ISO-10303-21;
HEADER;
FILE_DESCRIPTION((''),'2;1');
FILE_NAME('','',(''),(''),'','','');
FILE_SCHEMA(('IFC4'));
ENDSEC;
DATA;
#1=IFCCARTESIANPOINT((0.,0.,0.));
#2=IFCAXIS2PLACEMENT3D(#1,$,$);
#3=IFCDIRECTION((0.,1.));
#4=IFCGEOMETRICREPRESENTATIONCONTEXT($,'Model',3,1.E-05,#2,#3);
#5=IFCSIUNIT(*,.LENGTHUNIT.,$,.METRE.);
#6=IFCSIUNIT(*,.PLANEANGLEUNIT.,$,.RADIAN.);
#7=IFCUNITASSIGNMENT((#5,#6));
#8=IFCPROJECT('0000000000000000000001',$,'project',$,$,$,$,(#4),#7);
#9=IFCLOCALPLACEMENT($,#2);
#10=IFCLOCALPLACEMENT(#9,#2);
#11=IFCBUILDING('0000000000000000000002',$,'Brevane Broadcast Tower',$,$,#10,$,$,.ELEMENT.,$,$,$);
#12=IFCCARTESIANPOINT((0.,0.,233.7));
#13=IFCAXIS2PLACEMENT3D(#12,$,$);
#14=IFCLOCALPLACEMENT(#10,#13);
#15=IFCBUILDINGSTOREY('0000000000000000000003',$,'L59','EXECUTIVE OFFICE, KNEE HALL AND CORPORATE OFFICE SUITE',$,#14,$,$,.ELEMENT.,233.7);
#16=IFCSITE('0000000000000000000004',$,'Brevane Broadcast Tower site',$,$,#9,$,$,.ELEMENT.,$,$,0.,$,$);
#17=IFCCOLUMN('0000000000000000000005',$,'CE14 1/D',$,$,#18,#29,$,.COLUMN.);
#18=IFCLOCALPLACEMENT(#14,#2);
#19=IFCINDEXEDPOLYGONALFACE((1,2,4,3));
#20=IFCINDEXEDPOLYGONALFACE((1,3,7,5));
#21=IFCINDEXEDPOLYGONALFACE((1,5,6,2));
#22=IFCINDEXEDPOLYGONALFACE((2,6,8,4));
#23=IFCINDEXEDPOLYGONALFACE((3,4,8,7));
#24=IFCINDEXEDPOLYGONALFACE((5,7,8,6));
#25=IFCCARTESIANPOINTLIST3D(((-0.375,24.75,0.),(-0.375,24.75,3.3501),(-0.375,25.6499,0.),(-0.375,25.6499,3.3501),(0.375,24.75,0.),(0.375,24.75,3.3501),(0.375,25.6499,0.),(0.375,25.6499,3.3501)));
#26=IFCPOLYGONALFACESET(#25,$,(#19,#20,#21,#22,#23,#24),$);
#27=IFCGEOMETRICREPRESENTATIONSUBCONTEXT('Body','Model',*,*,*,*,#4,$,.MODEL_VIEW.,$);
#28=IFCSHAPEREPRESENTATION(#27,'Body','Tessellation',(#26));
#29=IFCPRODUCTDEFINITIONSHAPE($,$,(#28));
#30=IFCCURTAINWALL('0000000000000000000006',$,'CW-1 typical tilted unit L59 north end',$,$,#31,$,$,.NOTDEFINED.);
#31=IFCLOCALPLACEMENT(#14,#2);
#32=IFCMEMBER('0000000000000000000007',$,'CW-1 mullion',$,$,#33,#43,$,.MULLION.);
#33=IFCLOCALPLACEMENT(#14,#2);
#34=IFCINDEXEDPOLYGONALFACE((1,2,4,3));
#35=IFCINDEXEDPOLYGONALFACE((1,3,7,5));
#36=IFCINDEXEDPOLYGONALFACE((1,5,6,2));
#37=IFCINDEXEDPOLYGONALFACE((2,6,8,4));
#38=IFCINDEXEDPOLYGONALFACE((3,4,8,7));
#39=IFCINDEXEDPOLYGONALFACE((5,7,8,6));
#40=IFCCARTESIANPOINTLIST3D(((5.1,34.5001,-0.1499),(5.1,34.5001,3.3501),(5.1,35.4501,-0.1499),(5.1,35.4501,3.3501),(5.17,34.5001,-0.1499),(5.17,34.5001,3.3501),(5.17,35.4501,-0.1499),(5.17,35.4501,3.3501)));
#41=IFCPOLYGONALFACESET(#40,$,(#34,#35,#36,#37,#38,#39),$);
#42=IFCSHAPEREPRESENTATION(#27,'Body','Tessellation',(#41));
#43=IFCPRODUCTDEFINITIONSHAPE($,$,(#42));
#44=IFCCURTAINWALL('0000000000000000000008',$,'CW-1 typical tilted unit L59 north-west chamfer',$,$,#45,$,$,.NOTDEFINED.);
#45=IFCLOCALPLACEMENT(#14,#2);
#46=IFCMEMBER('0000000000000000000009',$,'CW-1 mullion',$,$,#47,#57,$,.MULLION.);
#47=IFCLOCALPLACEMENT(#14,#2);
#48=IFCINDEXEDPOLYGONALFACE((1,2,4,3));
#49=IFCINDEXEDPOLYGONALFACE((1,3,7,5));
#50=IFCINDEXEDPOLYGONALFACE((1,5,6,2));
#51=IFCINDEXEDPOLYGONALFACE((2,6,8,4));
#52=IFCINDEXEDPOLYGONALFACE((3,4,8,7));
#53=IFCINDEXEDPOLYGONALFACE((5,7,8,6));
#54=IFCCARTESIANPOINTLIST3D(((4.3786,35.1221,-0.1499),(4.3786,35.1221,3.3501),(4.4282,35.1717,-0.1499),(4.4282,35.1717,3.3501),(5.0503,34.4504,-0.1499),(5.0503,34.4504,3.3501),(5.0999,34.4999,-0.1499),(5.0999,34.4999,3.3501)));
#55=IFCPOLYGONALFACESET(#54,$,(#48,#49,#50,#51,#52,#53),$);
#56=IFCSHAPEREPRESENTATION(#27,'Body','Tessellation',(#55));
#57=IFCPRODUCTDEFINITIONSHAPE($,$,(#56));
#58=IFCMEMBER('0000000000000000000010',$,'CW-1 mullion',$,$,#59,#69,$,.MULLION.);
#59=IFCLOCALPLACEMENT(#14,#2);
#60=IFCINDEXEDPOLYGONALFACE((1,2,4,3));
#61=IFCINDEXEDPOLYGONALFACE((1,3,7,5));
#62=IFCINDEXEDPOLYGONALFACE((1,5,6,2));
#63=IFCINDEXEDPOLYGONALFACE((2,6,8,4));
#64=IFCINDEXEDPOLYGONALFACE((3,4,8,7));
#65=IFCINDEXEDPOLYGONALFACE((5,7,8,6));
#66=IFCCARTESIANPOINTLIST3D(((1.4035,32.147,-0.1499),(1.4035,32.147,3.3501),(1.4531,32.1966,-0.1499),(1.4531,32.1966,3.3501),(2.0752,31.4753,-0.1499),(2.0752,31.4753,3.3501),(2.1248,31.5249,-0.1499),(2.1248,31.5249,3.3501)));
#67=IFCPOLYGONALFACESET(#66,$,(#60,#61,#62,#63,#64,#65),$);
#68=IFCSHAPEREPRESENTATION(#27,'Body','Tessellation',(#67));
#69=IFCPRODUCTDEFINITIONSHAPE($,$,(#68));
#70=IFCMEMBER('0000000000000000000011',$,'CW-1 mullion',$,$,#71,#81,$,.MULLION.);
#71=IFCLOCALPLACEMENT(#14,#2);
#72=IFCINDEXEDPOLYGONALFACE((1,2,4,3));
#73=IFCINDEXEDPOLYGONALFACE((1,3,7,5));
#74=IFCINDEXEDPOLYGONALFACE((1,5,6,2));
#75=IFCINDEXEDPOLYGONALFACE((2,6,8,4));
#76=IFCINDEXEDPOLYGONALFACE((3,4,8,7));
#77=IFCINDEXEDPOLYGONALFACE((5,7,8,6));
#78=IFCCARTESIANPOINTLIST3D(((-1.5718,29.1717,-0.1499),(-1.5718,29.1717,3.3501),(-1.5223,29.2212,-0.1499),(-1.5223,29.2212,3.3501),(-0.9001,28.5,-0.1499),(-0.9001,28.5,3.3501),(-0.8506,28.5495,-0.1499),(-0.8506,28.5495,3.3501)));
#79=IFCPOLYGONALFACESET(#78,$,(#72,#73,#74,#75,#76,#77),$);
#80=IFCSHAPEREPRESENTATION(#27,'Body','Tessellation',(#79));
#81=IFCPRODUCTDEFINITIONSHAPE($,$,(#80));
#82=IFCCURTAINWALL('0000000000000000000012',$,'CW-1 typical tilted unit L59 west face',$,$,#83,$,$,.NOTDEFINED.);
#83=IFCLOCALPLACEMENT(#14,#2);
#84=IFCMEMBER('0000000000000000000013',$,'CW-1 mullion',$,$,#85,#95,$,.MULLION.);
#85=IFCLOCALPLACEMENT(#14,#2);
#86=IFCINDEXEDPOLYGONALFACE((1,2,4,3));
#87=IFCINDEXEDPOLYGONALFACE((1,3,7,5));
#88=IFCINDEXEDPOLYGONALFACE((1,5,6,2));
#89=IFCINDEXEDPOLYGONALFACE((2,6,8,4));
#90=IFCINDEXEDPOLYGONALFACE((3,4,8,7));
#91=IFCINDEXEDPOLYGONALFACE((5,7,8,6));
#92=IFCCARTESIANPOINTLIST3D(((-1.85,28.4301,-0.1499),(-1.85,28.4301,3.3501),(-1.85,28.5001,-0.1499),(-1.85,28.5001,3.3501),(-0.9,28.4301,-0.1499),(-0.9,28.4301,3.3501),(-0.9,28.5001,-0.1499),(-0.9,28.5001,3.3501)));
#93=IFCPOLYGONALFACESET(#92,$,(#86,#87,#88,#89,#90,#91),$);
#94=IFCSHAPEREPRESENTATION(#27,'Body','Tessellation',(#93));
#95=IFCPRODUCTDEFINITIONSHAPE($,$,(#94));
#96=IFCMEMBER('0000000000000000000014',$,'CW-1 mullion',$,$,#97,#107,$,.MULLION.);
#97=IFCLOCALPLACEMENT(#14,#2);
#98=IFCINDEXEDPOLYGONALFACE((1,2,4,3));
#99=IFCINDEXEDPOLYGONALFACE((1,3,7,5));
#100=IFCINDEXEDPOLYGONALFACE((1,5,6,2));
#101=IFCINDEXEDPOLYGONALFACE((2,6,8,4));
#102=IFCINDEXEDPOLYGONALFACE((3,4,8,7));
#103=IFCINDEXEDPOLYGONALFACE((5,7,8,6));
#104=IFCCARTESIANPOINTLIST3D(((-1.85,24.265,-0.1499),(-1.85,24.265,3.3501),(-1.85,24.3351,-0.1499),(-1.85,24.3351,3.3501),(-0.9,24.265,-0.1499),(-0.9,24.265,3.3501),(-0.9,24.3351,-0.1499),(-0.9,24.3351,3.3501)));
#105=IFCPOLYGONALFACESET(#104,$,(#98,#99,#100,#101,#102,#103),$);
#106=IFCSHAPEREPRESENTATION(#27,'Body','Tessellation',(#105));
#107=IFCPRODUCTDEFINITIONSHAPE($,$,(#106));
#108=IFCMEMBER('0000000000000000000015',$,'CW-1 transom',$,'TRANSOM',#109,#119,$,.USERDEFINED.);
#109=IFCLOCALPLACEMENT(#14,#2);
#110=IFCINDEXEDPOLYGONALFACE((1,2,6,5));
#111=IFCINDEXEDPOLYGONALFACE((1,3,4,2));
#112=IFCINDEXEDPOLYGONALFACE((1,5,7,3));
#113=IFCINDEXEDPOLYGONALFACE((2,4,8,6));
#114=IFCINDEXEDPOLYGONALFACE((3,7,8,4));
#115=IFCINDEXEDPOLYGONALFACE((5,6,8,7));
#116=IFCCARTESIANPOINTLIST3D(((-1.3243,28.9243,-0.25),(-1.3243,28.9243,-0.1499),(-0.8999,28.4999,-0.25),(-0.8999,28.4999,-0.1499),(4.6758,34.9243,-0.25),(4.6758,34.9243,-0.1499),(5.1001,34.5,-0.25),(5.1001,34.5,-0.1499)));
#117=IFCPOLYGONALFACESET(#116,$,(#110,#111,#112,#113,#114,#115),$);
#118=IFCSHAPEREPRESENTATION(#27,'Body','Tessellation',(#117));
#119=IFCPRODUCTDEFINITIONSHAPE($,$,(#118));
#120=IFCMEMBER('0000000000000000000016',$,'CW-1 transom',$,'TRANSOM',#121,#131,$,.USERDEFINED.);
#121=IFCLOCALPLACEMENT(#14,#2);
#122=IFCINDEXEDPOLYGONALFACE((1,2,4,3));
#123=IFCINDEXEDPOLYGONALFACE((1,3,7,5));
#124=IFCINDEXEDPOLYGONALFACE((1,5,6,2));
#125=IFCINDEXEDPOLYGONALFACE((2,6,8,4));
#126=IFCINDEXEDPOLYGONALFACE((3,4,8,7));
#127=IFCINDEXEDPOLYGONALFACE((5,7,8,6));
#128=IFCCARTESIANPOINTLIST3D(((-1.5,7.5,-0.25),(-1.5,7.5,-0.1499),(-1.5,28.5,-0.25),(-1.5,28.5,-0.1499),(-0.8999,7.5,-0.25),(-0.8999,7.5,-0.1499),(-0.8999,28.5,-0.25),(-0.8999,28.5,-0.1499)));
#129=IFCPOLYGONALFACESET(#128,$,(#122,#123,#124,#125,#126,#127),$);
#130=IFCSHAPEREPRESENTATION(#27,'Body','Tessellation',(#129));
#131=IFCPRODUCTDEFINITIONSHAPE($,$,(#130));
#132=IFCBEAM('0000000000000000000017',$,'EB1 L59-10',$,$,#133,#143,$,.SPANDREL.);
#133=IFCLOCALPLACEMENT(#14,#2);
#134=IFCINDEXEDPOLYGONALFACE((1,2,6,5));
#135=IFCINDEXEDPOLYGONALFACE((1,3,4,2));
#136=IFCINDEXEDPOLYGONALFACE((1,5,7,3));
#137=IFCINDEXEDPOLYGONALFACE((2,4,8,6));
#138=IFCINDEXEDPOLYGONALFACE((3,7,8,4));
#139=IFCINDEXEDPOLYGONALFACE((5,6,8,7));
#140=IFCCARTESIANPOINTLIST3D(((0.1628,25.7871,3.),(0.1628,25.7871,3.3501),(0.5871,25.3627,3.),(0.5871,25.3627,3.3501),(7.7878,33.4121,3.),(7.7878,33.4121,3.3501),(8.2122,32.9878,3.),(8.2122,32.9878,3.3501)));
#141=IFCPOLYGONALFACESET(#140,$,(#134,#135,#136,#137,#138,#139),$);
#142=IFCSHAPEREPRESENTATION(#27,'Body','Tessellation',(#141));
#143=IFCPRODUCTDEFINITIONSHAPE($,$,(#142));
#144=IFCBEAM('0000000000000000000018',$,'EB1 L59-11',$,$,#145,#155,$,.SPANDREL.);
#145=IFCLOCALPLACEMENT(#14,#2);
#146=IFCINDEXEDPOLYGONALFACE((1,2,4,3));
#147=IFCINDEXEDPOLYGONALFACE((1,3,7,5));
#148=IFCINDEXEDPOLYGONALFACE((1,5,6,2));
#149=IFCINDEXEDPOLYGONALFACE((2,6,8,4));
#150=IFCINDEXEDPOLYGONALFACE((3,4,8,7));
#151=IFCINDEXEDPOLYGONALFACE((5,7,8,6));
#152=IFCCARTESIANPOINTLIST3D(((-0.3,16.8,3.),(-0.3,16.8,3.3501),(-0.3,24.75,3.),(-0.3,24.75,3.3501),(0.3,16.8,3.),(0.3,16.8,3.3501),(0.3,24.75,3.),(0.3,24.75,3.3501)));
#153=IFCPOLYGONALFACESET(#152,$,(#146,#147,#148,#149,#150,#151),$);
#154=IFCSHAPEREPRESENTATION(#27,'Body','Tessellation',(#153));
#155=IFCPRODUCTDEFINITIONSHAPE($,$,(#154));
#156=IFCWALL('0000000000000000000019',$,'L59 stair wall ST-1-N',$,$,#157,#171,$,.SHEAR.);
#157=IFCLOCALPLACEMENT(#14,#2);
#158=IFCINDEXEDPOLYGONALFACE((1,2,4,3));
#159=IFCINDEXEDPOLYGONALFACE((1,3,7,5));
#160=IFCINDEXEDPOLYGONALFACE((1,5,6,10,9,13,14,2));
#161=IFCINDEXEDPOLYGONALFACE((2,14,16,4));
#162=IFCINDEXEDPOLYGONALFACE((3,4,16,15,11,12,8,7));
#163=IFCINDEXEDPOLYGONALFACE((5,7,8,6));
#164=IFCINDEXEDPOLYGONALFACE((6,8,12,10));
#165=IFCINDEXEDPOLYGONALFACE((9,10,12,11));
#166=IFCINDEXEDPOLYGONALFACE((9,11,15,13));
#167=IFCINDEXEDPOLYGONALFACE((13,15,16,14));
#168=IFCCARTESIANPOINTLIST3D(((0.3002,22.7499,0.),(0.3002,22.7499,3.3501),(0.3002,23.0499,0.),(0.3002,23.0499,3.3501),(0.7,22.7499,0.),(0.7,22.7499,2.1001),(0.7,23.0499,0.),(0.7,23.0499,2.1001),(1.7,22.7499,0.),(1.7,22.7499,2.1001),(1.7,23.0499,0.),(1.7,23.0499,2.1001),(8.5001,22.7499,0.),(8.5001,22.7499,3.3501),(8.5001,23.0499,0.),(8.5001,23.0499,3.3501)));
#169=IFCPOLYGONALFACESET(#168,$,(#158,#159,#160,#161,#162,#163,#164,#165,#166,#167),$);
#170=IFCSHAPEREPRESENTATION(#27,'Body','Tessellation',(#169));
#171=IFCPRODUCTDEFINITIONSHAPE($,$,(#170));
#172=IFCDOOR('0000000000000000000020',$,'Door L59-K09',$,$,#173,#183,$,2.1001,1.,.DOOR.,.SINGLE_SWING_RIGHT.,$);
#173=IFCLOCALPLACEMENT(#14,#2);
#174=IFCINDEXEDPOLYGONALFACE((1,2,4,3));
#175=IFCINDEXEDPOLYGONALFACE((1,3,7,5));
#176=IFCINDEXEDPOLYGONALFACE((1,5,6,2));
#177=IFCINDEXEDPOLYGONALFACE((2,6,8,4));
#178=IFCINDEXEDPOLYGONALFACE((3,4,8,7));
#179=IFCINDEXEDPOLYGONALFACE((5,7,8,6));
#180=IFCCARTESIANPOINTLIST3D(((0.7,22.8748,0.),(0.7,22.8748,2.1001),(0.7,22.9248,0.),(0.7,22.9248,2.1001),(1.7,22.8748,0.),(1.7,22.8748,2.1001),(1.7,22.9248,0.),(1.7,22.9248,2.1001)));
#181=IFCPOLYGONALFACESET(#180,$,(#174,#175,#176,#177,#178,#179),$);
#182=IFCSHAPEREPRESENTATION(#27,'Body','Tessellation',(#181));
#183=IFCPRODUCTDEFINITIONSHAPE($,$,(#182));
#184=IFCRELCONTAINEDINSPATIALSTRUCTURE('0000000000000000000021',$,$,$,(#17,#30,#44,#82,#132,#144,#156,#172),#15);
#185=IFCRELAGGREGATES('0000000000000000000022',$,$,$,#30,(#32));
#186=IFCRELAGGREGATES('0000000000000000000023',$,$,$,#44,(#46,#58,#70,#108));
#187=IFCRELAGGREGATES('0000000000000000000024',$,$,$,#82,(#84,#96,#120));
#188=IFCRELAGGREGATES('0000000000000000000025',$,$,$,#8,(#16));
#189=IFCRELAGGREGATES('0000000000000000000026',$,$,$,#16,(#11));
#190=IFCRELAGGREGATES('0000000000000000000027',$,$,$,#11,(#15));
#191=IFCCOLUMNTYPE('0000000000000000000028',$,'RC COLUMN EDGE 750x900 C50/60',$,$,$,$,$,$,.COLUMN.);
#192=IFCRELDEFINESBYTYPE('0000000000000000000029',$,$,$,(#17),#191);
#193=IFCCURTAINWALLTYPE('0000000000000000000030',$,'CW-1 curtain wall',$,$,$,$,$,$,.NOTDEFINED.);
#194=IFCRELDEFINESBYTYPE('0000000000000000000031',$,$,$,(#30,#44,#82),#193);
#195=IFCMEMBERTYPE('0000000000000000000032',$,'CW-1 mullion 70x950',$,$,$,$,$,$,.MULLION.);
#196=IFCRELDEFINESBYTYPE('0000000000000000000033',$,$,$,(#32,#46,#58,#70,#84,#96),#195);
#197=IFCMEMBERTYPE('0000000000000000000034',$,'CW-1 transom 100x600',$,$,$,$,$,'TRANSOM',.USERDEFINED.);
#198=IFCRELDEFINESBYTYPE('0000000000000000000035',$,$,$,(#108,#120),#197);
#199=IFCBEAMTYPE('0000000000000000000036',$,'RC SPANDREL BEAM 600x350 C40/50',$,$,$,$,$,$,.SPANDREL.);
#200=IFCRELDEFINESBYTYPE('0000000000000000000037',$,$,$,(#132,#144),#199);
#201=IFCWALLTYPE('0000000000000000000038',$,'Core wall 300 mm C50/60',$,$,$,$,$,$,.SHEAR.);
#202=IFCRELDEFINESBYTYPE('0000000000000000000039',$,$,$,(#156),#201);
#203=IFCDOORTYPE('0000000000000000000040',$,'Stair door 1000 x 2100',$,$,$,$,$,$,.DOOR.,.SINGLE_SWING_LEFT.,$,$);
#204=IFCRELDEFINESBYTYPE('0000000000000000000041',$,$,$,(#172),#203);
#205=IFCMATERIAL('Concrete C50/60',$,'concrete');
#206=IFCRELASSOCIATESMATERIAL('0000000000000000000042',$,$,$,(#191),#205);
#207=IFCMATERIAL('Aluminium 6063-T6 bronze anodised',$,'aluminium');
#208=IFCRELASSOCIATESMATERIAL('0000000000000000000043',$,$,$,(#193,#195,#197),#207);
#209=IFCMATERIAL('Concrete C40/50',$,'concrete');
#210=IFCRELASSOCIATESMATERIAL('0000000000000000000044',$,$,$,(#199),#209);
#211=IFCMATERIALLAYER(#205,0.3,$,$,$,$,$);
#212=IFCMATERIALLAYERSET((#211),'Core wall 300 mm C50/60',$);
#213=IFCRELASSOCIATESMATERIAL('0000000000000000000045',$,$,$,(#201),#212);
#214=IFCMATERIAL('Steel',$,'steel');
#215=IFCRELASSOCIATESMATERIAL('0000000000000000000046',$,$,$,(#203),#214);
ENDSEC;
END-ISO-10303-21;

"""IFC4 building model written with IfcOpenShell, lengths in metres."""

from ifc_helpers import new_model, si_unit, direction, frame, frame_2d, origin, origin_2d, place, context, subcontext, project, spatial, rectangle, extrude, material, layer, layer_set, material_profile, profile_set, type_object, element, fill, aggregate, save


model = new_model("IFC4")

# Units and contexts
model_context = context("Model", 3, precision=1e-05, world=origin(), true_north=direction((0.0, 1.0)))
body_context = subcontext(model_context, "Body", "Model", "MODEL_VIEW")
ifc_project = project(units=[si_unit("LENGTHUNIT", "METRE"), si_unit("PLANEANGLEUNIT", "RADIAN")], contexts=[model_context])

# Site, building, storey
site_placement = place(None, origin())
site = spatial("IfcSite", under=ifc_project, at=site_placement, Name="Brevane Broadcast Tower site", CompositionType="ELEMENT", RefElevation=0.0)
building_placement = place(site_placement, origin())
building = spatial("IfcBuilding", under=site, at=building_placement, Name="Brevane Broadcast Tower", CompositionType="ELEMENT")
storey_placement = place(building_placement, frame((0.0, 0.0, 233.7)))
storey = spatial("IfcBuildingStorey", under=building, at=storey_placement, Name="L59", Description="EXECUTIVE OFFICE, KNEE HALL AND CORPORATE OFFICE SUITE", CompositionType="ELEMENT", Elevation=233.7)

# Column
ifc_material_1 = material(Name="Concrete C50/60", Category="concrete")
ifc_material_profile_1 = material_profile(ifc_material_1, rectangle(XDim=0.75, YDim=0.8999, at=origin_2d()), Name="RC 750x900")
ifc_profile_set_1 = profile_set([ifc_material_profile_1], Name="Concrete C50/60")
column_type = type_object("IfcColumnType", Name="RC COLUMN EDGE 750x900 C50/60", PredefinedType="COLUMN", material=ifc_profile_set_1)
column_placement = place(storey_placement, frame((0.0, 25.2, 0.0), z_axis=(0.0, 0.0, 1.0), x_axis=(1.0, 0.0, 0.0)))
element("IfcColumn", 1, at=column_placement, inside=storey, type_object=column_type, Name="CE14 1/D", PredefinedType="COLUMN", context=body_context, shape_type="SweptSolid", body=[
    extrude(rectangle(XDim=0.75, YDim=0.8999, at=origin_2d()), origin(), (0.0, 0.0, 1.0), 3.3501),
])

# Curtain wall, member
ifc_material_2 = material(Name="Aluminium 6063-T6 bronze anodised", Category="aluminium")
curtain_wall_type = type_object("IfcCurtainWallType", Name="CW-1 curtain wall", PredefinedType="NOTDEFINED", material=ifc_material_2)
curtain_wall_1_placement = place(storey_placement, origin())
curtain_wall_1 = element("IfcCurtainWall", 2, at=curtain_wall_1_placement, inside=storey, type_object=curtain_wall_type, Name="CW-1 typical tilted unit L59 north end", PredefinedType="NOTDEFINED")
ifc_material_profile_2 = material_profile(ifc_material_2, rectangle(XDim=0.95, YDim=0.0701, at=origin_2d()), Name="RECT 70x950")
ifc_profile_set_2 = profile_set([ifc_material_profile_2], Name="Aluminium 6063-T6 bronze anodised")
member_type_1 = type_object("IfcMemberType", Name="CW-1 mullion 70x950", PredefinedType="MULLION", material=ifc_profile_set_2)
member_1_placement = place(storey_placement, frame((5.135, 34.9751, -0.1499), z_axis=(0.0, 0.0, 1.0), x_axis=(0.0, -1.0, 0.0)))
member_1 = element("IfcMember", 3, at=member_1_placement, type_object=member_type_1, Name="CW-1 mullion", PredefinedType="MULLION", context=body_context, shape_type="SweptSolid", body=[
    extrude(rectangle(XDim=0.95, YDim=0.0701, at=origin_2d()), origin(), (0.0, 0.0, 1.0), 3.5),
])
aggregate(curtain_wall_1, [member_1])

# Curtain walls, members
curtain_wall_2_placement = place(storey_placement, origin())
curtain_wall_2 = element("IfcCurtainWall", 4, at=curtain_wall_2_placement, inside=storey, type_object=curtain_wall_type, Name="CW-1 typical tilted unit L59 north-west chamfer", PredefinedType="NOTDEFINED")
member_2_placement = place(storey_placement, frame((4.7393, 34.811, -0.1499), z_axis=(0.0, 0.0, 1.0), x_axis=(0.707107, -0.707107, 0.0)))
member_2 = element("IfcMember", 5, at=member_2_placement, type_object=member_type_1, Name="CW-1 mullion", PredefinedType="MULLION", context=body_context, shape_type="SweptSolid", body=[
    extrude(rectangle(XDim=0.95, YDim=0.0701, at=origin_2d()), origin(), (0.0, 0.0, 1.0), 3.5),
])
member_3_placement = place(storey_placement, frame((1.7642, 31.8359, -0.1499), z_axis=(0.0, 0.0, 1.0), x_axis=(0.707107, -0.707107, 0.0)))
member_3 = element("IfcMember", 6, at=member_3_placement, type_object=member_type_1, Name="CW-1 mullion", PredefinedType="MULLION", context=body_context, shape_type="SweptSolid", body=[
    extrude(rectangle(XDim=0.95, YDim=0.0701, at=origin_2d()), origin(), (0.0, 0.0, 1.0), 3.5),
])
member_4_placement = place(storey_placement, frame((-1.2112, 28.8606, -0.1499), z_axis=(0.0, 0.0, 1.0), x_axis=(0.707107, -0.707107, 0.0)))
member_4 = element("IfcMember", 7, at=member_4_placement, type_object=member_type_1, Name="CW-1 mullion", PredefinedType="MULLION", context=body_context, shape_type="SweptSolid", body=[
    extrude(rectangle(XDim=0.95, YDim=0.0701, at=origin_2d()), origin(), (0.0, 0.0, 1.0), 3.5),
])
curtain_wall_3_placement = place(storey_placement, origin())
curtain_wall_3 = element("IfcCurtainWall", 8, at=curtain_wall_3_placement, inside=storey, type_object=curtain_wall_type, Name="CW-1 typical tilted unit L59 west face", PredefinedType="NOTDEFINED")
member_5_placement = place(storey_placement, frame((-1.375, 28.4651, -0.1499), z_axis=(0.0, 0.0, 1.0), x_axis=(1.0, 0.0, 0.0)))
member_5 = element("IfcMember", 9, at=member_5_placement, type_object=member_type_1, Name="CW-1 mullion", PredefinedType="MULLION", context=body_context, shape_type="SweptSolid", body=[
    extrude(rectangle(XDim=0.95, YDim=0.0701, at=origin_2d()), origin(), (0.0, 0.0, 1.0), 3.5),
])
member_6_placement = place(storey_placement, frame((-1.375, 24.3, -0.1499), z_axis=(0.0, 0.0, 1.0), x_axis=(1.0, 0.0, 0.0)))
member_6 = element("IfcMember", 10, at=member_6_placement, type_object=member_type_1, Name="CW-1 mullion", PredefinedType="MULLION", context=body_context, shape_type="SweptSolid", body=[
    extrude(rectangle(XDim=0.95, YDim=0.0701, at=origin_2d()), origin(), (0.0, 0.0, 1.0), 3.5),
])

# Members
ifc_material_profile_3 = material_profile(ifc_material_2, rectangle(XDim=0.6001, YDim=0.1001, at=origin_2d()), Name="RECT 100x600")
ifc_profile_set_3 = profile_set([ifc_material_profile_3], Name="Aluminium 6063-T6 bronze anodised")
member_type_2 = type_object("IfcMemberType", Name="CW-1 transom 100x600", ElementType="TRANSOM", PredefinedType="USERDEFINED", material=ifc_profile_set_3)
member_7_placement = place(storey_placement, frame((4.8879, 34.7122, -0.2), z_axis=(-0.707107, -0.707107, 0.0), x_axis=(0.707107, -0.707107, 0.0)))
member_7 = element("IfcMember", 11, at=member_7_placement, type_object=member_type_2, Name="CW-1 transom", ObjectType="TRANSOM", PredefinedType="USERDEFINED", context=body_context, shape_type="SweptSolid", body=[
    extrude(rectangle(XDim=0.6001, YDim=0.1001, at=origin_2d()), origin(), (0.0, 0.0, 1.0), 8.4854),
])
aggregate(curtain_wall_2, [member_2, member_3, member_4, member_7])
member_8_placement = place(storey_placement, frame((-1.2, 28.5, -0.2), z_axis=(0.0, -1.0, 0.0), x_axis=(1.0, 0.0, 0.0)))
member_8 = element("IfcMember", 12, at=member_8_placement, type_object=member_type_2, Name="CW-1 transom", ObjectType="TRANSOM", PredefinedType="USERDEFINED", context=body_context, shape_type="SweptSolid", body=[
    extrude(rectangle(XDim=0.6001, YDim=0.1001, at=origin_2d()), origin(), (0.0, 0.0, 1.0), 21.0),
])
aggregate(curtain_wall_3, [member_5, member_6, member_8])

# Beams
ifc_material_3 = material(Name="Concrete C40/50", Category="concrete")
ifc_material_profile_4 = material_profile(ifc_material_3, rectangle(XDim=0.6001, YDim=0.3501, at=origin_2d()), Name="RC 600x350")
ifc_profile_set_4 = profile_set([ifc_material_profile_4], Name="Concrete C40/50")
beam_type = type_object("IfcBeamType", Name="RC SPANDREL BEAM 600x350 C40/50", PredefinedType="SPANDREL", material=ifc_profile_set_4)
beam_1_placement = place(storey_placement, frame((8.0, 33.2, 3.175), z_axis=(-0.707107, -0.707107, 0.0), x_axis=(0.707107, -0.707107, 0.0)))
element("IfcBeam", 13, at=beam_1_placement, inside=storey, type_object=beam_type, Name="EB1 L59-10", PredefinedType="SPANDREL", context=body_context, shape_type="SweptSolid", body=[
    extrude(rectangle(XDim=0.6001, YDim=0.3501, at=origin_2d()), origin(), (0.0, 0.0, 1.0), 10.7834),
])
beam_2_placement = place(storey_placement, frame((0.0, 24.75, 3.175), z_axis=(0.0, -1.0, 0.0), x_axis=(1.0, 0.0, 0.0)))
element("IfcBeam", 14, at=beam_2_placement, inside=storey, type_object=beam_type, Name="EB1 L59-11", PredefinedType="SPANDREL", context=body_context, shape_type="SweptSolid", body=[
    extrude(rectangle(XDim=0.6001, YDim=0.3501, at=origin_2d()), origin(), (0.0, 0.0, 1.0), 7.95),
])

# Wall, opening, door
ifc_layer_1 = layer(ifc_material_1, 0.3)
ifc_layer_set_1 = layer_set([ifc_layer_1], Name="Core wall 300 mm C50/60")
wall_type_1 = type_object("IfcWallType", Name="Core wall 300 mm C50/60", PredefinedType="SHEAR", material=ifc_layer_set_1)
wall_1_placement = place(storey_placement, frame((0.3, 22.8999, 0.0), z_axis=(0.0, 0.0, 1.0), x_axis=(1.0, 0.0, 0.0)))
wall_1 = element("IfcWall", 15, at=wall_1_placement, inside=storey, type_object=wall_type_1, Name="L59 stair wall ST-1-N", PredefinedType="SHEAR", context=body_context, shape_type="SweptSolid", body=[
    extrude(rectangle(XDim=8.2, YDim=0.3, at=frame_2d((4.1001, 0.0))), origin(), (0.0, 0.0, 1.0), 3.3501),
])
opening_placement = place(wall_1_placement, frame((0.3999, 0.0, 0.0)))
opening = element("IfcOpeningElement", 16, at=opening_placement, cuts=wall_1, PredefinedType="OPENING", context=body_context, shape_type="SweptSolid", body=[
    extrude(rectangle(XDim=1.0, YDim=2.1001, at=frame_2d((0.5, 1.05))), frame((0.0, 0.1599, 0.0), z_axis=(0.0, -1.0, 0.0), x_axis=(1.0, 0.0, 0.0)), (0.0, 0.0, 1.0), 0.3201),
])
ifc_material_4 = material(Name="Steel", Category="steel")
door_type = type_object("IfcDoorType", Name="Stair door 1000 x 2100", OperationType="SINGLE_SWING_LEFT", PredefinedType="DOOR", material=ifc_material_4)
door_placement = place(opening_placement, origin())
door = element("IfcDoor", 17, at=door_placement, inside=storey, type_object=door_type, Name="Door L59-K09", OperationType="SINGLE_SWING_RIGHT", OverallHeight=2.1001, OverallWidth=1.0, PredefinedType="DOOR", context=body_context, shape_type="SweptSolid", body=[
    extrude(rectangle(XDim=1.0, YDim=2.1001, at=frame_2d((0.5, 1.05))), frame((0.0, 0.0249, 0.0), z_axis=(0.0, -1.0, 0.0), x_axis=(1.0, 0.0, 0.0)), (0.0, 0.0, 1.0), 0.05),
])
fill(opening, door)

save(model, "model.ifc")
